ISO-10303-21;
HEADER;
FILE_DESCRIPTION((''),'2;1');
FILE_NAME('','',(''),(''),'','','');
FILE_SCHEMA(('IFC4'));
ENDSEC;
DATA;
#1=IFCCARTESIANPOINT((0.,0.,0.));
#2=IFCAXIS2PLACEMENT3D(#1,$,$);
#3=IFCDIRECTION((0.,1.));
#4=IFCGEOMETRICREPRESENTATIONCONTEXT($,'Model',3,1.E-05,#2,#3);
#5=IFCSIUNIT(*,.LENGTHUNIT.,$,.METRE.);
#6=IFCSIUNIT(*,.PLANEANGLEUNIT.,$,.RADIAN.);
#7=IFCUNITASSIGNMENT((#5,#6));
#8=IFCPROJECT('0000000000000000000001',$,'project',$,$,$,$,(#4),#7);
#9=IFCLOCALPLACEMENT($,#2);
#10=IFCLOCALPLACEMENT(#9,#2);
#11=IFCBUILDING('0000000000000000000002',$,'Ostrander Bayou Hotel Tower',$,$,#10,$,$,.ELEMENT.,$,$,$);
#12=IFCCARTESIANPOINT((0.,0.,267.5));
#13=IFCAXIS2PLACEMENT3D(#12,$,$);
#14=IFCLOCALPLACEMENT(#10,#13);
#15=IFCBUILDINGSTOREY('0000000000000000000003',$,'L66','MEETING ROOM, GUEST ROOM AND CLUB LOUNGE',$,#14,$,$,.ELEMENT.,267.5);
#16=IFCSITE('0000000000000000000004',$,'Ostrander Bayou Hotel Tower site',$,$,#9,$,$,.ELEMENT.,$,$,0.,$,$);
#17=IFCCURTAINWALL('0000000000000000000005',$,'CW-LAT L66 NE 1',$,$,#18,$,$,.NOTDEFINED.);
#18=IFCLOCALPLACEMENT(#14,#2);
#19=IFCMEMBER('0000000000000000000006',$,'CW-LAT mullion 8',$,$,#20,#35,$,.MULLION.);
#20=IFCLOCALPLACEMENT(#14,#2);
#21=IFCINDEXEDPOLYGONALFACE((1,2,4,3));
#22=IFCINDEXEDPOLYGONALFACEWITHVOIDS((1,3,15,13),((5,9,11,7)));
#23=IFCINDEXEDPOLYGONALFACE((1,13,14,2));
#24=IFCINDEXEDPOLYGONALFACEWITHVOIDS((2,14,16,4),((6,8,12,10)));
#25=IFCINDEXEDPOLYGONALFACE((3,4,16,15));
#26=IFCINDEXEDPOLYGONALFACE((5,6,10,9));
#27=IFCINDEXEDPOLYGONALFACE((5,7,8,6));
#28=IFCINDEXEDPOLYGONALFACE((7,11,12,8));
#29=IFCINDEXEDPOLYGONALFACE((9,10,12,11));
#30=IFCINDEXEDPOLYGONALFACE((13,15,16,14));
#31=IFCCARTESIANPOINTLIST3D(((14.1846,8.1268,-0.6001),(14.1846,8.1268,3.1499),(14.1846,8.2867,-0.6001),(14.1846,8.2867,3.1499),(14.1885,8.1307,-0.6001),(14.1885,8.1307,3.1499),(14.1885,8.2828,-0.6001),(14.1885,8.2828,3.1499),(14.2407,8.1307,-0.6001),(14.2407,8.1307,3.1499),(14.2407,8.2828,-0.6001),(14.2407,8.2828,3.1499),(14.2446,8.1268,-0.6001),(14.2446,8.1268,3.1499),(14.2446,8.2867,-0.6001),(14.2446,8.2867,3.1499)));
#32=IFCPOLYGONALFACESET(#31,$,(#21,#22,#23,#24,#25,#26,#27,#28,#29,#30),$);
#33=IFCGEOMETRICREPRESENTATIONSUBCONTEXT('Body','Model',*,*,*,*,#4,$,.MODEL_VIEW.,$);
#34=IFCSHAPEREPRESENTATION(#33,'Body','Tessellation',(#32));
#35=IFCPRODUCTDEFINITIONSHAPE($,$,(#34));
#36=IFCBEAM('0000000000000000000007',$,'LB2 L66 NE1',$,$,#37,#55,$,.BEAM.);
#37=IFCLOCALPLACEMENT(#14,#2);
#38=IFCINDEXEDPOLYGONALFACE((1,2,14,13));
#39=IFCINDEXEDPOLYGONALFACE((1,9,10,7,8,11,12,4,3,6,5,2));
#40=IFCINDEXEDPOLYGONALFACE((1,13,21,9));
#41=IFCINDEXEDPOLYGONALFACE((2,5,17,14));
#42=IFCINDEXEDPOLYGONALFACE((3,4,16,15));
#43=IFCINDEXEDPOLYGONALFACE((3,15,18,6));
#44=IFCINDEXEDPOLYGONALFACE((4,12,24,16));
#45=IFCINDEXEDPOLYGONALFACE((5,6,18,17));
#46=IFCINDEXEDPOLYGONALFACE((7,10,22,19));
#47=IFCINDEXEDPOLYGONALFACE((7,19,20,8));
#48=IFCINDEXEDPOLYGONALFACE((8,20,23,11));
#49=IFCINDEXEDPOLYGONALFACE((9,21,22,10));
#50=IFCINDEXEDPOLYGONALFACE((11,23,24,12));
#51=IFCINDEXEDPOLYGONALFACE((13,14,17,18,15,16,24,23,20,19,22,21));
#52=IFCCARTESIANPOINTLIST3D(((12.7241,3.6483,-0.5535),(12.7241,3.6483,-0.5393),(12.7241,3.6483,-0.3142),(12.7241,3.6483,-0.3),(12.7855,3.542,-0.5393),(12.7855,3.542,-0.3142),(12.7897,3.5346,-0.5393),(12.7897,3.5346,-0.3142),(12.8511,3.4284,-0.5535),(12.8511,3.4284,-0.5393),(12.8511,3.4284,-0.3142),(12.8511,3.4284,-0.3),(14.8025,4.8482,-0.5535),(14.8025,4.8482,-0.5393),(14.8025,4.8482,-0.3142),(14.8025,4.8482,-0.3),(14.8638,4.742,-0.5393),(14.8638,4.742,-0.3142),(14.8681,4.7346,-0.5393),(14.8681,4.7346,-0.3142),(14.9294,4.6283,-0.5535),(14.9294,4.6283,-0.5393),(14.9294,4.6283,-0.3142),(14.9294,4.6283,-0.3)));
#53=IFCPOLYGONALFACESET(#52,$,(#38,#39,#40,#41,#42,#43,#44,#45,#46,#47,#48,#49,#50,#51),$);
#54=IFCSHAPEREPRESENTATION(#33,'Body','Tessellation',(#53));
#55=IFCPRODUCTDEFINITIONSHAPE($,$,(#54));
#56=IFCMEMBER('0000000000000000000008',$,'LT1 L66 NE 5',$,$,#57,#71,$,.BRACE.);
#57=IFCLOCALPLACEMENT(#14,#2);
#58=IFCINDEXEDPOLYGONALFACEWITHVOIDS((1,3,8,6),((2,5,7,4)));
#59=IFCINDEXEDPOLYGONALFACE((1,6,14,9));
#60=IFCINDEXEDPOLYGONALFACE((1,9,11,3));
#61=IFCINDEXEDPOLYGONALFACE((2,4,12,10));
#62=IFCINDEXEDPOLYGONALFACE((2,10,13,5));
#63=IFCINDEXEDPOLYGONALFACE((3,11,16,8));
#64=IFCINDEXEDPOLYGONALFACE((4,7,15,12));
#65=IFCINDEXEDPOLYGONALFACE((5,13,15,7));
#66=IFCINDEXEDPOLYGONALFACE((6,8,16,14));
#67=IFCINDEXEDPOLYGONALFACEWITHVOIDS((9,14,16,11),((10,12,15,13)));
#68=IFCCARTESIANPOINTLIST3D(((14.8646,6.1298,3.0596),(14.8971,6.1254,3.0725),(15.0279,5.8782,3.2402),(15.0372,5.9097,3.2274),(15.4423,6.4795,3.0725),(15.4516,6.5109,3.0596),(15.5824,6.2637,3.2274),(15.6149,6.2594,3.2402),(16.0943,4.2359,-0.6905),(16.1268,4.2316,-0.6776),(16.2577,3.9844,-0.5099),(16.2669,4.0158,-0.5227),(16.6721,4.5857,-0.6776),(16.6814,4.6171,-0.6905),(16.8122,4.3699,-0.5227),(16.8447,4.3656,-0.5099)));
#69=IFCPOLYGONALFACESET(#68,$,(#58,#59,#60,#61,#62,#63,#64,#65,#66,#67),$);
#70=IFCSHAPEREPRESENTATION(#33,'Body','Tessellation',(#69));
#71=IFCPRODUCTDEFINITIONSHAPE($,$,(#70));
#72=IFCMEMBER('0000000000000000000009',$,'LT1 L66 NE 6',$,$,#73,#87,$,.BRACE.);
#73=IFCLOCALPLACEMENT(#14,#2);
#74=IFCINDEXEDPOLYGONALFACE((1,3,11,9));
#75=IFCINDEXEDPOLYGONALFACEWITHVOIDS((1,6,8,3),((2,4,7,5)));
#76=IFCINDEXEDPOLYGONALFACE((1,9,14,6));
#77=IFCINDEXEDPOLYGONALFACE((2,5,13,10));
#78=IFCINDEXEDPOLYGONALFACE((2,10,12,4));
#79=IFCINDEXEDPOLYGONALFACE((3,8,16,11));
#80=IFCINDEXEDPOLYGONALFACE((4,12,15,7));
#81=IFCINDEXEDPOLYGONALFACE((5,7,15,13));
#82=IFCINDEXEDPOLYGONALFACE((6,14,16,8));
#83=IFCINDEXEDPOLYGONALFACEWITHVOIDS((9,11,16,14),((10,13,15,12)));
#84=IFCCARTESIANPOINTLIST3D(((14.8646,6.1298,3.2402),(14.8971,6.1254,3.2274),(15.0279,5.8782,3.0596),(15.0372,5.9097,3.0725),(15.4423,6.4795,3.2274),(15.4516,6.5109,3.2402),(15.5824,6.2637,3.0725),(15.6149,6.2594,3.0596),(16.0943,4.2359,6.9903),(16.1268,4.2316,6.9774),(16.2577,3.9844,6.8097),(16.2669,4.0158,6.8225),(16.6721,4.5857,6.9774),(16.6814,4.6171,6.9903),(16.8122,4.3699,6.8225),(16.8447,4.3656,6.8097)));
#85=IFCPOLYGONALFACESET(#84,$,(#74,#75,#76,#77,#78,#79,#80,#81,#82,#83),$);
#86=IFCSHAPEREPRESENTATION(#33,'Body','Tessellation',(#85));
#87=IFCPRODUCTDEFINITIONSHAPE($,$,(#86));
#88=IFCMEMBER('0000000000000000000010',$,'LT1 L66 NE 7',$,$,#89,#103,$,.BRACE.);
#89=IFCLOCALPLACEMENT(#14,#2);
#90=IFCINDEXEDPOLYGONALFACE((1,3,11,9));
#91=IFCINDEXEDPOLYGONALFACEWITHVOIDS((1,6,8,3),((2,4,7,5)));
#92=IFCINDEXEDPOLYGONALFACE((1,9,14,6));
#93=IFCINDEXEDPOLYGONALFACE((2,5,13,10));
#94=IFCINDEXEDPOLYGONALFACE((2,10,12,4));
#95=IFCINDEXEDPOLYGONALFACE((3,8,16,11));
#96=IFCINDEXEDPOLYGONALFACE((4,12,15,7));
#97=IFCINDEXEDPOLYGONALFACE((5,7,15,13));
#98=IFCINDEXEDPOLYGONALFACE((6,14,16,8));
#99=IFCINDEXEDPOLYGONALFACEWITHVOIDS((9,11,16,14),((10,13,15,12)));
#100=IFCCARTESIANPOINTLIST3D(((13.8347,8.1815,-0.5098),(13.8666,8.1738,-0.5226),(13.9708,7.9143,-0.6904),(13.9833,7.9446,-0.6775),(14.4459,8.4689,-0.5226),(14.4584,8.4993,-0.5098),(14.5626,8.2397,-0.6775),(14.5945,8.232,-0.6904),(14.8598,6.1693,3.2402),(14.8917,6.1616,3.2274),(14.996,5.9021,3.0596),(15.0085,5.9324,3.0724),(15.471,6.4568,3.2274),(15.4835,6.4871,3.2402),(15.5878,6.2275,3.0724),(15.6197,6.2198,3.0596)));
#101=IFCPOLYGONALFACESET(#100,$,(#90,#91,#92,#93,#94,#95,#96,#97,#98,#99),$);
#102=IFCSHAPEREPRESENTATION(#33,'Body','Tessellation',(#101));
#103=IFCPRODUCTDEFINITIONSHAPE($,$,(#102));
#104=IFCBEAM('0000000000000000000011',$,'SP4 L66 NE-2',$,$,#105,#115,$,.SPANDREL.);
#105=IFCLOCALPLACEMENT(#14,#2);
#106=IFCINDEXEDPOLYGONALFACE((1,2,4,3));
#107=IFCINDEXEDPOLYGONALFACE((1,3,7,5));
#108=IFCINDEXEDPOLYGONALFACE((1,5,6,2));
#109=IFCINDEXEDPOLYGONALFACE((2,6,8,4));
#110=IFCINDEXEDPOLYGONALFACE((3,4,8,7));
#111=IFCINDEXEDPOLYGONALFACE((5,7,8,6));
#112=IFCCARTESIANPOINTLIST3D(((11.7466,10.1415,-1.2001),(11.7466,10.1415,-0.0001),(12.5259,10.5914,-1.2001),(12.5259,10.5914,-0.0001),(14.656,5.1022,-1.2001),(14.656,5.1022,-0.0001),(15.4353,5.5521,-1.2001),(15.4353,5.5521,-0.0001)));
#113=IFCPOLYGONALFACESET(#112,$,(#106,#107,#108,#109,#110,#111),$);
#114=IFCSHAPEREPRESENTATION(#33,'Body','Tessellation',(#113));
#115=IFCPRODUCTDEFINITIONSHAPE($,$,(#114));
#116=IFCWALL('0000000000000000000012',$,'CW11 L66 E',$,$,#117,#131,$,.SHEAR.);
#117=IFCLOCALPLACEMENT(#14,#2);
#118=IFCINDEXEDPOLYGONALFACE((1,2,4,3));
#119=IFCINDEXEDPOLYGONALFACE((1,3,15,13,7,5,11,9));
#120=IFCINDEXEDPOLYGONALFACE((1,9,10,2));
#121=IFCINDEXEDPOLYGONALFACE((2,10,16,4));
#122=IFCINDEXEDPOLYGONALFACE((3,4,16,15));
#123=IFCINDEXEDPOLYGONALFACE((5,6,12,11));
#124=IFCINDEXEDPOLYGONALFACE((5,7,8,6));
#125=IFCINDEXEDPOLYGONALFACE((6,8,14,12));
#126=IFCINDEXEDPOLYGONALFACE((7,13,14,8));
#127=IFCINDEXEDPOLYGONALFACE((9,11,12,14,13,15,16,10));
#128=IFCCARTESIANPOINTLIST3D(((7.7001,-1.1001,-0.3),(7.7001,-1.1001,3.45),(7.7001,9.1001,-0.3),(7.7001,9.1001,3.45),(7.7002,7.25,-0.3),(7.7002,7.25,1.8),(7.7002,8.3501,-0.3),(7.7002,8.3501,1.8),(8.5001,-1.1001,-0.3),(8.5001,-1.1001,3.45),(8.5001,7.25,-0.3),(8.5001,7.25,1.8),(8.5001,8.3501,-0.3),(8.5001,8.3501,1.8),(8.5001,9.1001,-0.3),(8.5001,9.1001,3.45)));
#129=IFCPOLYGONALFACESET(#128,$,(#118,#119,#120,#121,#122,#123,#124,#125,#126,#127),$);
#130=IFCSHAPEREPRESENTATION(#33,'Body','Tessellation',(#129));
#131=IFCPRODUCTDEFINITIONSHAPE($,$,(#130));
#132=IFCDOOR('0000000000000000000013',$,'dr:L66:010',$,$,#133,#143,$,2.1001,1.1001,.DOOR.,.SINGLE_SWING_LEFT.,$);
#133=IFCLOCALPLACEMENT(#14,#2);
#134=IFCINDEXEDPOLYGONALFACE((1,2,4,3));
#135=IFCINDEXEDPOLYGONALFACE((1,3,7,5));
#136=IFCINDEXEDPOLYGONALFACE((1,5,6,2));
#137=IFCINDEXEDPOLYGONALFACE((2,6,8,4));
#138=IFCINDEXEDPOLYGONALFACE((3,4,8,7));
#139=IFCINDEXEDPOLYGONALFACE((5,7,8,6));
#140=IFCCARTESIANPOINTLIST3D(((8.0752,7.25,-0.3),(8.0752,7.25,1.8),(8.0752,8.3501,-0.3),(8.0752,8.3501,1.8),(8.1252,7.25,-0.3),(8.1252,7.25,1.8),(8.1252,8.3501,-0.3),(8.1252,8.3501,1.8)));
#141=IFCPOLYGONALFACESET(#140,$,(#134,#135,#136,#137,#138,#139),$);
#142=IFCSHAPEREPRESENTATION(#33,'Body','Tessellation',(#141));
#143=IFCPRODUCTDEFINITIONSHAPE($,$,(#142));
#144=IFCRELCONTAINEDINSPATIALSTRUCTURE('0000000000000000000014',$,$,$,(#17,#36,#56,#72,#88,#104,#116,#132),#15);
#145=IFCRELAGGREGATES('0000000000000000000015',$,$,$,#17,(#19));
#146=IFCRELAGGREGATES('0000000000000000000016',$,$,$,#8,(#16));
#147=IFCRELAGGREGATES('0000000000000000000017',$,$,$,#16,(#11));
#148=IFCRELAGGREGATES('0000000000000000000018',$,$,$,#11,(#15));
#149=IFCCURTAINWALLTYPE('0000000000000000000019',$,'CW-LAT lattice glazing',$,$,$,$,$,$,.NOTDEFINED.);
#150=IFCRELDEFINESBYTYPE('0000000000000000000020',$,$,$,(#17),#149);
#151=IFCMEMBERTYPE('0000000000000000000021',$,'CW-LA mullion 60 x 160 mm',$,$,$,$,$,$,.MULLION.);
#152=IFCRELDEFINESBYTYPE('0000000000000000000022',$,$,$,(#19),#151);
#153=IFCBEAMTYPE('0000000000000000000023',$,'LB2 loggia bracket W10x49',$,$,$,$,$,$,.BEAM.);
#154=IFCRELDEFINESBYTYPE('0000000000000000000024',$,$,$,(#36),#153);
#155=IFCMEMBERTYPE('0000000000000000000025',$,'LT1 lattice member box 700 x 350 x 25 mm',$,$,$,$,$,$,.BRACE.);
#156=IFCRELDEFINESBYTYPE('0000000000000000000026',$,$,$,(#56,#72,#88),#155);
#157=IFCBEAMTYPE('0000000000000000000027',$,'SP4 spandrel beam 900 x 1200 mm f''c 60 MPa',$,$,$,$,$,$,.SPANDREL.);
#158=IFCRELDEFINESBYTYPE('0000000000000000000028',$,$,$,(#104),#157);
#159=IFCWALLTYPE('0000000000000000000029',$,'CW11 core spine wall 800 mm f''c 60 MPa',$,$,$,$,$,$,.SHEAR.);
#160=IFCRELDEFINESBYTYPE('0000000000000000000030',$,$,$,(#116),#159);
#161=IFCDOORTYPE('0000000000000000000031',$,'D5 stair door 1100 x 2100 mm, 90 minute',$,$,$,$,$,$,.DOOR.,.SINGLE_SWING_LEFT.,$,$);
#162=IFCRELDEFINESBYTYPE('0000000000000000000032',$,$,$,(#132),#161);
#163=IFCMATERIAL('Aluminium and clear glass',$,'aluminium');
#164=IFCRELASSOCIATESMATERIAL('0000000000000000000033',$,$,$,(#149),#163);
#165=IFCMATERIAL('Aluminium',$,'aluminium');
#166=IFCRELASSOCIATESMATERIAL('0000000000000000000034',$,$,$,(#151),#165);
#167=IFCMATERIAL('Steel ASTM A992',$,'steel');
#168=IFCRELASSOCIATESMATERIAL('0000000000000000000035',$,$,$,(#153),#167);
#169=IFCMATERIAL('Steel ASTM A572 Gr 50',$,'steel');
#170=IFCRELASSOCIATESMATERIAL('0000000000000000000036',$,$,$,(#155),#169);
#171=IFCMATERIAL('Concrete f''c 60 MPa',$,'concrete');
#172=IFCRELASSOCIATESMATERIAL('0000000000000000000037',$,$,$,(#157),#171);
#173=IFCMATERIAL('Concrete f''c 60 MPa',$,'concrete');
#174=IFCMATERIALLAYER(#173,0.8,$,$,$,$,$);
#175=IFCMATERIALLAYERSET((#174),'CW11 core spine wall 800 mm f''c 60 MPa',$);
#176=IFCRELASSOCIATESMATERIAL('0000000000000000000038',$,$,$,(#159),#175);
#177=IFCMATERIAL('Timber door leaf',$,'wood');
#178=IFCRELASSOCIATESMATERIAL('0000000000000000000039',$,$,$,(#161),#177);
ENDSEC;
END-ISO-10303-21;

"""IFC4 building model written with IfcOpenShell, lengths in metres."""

from ifc_helpers import new_model, si_unit, direction, frame, frame_2d, origin, origin_2d, place, context, subcontext, project, spatial, rectangle, hollow_rectangle, i_section, extrude, material, layer, layer_set, material_profile, profile_set, type_object, element, fill, aggregate, save


model = new_model("IFC4")

# Units and contexts
model_context = context("Model", 3, precision=1e-05, world=origin(), true_north=direction((0.0, 1.0)))
body_context = subcontext(model_context, "Body", "Model", "MODEL_VIEW")
ifc_project = project(units=[si_unit("LENGTHUNIT", "METRE"), si_unit("PLANEANGLEUNIT", "RADIAN")], contexts=[model_context])

# Site, building, storey
site_placement = place(None, origin())
site = spatial("IfcSite", under=ifc_project, at=site_placement, Name="Ostrander Bayou Hotel Tower site", CompositionType="ELEMENT", RefElevation=0.0)
building_placement = place(site_placement, origin())
building = spatial("IfcBuilding", under=site, at=building_placement, Name="Ostrander Bayou Hotel Tower", CompositionType="ELEMENT")
storey_placement = place(building_placement, frame((0.0, 0.0, 267.5)))
storey = spatial("IfcBuildingStorey", under=building, at=storey_placement, Name="L66", Description="MEETING ROOM, GUEST ROOM AND CLUB LOUNGE", CompositionType="ELEMENT", Elevation=267.5)

# Curtain wall, member
ifc_material_1 = material(Name="Aluminium and clear glass", Category="aluminium")
curtain_wall_type = type_object("IfcCurtainWallType", Name="CW-LAT lattice glazing", PredefinedType="NOTDEFINED", material=ifc_material_1)
curtain_wall_placement = place(storey_placement, origin())
curtain_wall = element("IfcCurtainWall", 1, at=curtain_wall_placement, inside=storey, type_object=curtain_wall_type, Name="CW-LAT L66 NE 1", PredefinedType="NOTDEFINED")
ifc_material_2 = material(Name="Aluminium", Category="aluminium")
ifc_material_profile_1 = material_profile(ifc_material_2, hollow_rectangle(XDim=0.0601, YDim=0.1599, WallThickness=0.0039, at=origin_2d()))
ifc_profile_set_1 = profile_set([ifc_material_profile_1], Name="Aluminium")
member_type_1 = type_object("IfcMemberType", Name="CW-LA mullion 60 x 160 mm", PredefinedType="MULLION", material=ifc_profile_set_1)
member_placement = place(storey_placement, frame((14.2146, 8.2068, -0.6001), z_axis=(0.0, 0.0, 1.0), x_axis=(1.0, 0.0, 0.0)))
member = element("IfcMember", 2, at=member_placement, type_object=member_type_1, Name="CW-LAT mullion 8", PredefinedType="MULLION", context=body_context, shape_type="SweptSolid", body=[
    extrude(hollow_rectangle(XDim=0.0601, YDim=0.1599, WallThickness=0.0039, at=origin_2d()), origin(), (0.0, 0.0, 1.0), 3.75),
])
aggregate(curtain_wall, [member])

# Beam
ifc_material_3 = material(Name="Steel ASTM A992", Category="steel")
ifc_material_profile_2 = material_profile(ifc_material_3, i_section(OverallWidth=0.2539, OverallDepth=0.2534, WebThickness=0.0085, FlangeThickness=0.0142, at=origin_2d()))
ifc_profile_set_2 = profile_set([ifc_material_profile_2], Name="Steel ASTM A992")
beam_type_1 = type_object("IfcBeamType", Name="LB2 loggia bracket W10x49", PredefinedType="BEAM", material=ifc_profile_set_2)
beam_1_placement = place(storey_placement, frame((14.866, 4.7383, -0.4268), z_axis=(-0.866025, -0.500001, 0.0), x_axis=(0.500001, -0.866025, 0.0)))
element("IfcBeam", 3, at=beam_1_placement, inside=storey, type_object=beam_type_1, Name="LB2 L66 NE1", PredefinedType="BEAM", context=body_context, shape_type="SweptSolid", body=[
    extrude(i_section(OverallWidth=0.2539, OverallDepth=0.2534, WebThickness=0.0085, FlangeThickness=0.0142, at=origin_2d()), origin(), (0.0, 0.0, 1.0), 2.3999),
])

# Members
ifc_material_4 = material(Name="Steel ASTM A572 Gr 50", Category="steel")
ifc_material_profile_3 = material_profile(ifc_material_4, hollow_rectangle(XDim=0.7, YDim=0.3501, WallThickness=0.0249, at=origin_2d()))
ifc_profile_set_3 = profile_set([ifc_material_profile_3], Name="Steel ASTM A572 Gr 50")
member_type_2 = type_object("IfcMemberType", Name="LT1 lattice member box 700 x 350 x 25 mm", PredefinedType="BRACE", material=ifc_profile_set_3)
for number, where, z_axis, x_axis, name in (
    (4, (15.2397, 6.1946, 3.1499), (0.280931, -0.432636, -0.856682), (0.838693, 0.544604, 0.0), "LT1 L66 NE 5"),
    (5, (15.2397, 6.1946, 3.1499), (0.280931, -0.432636, 0.856682), (0.838693, 0.544604, 0.0), "LT1 L66 NE 6"),
    (6, (15.2397, 6.1946, 3.1499), (-0.234186, 0.459672, -0.856656), (-0.891029, -0.453947, 0.0), "LT1 L66 NE 7"),
):
    element("IfcMember", number, at=place(storey_placement, frame(where, z_axis=z_axis, x_axis=x_axis)), inside=storey, type_object=member_type_2, Name=name, PredefinedType="BRACE", context=body_context, shape_type="SweptSolid", body=[
        extrude(hollow_rectangle(XDim=0.7, YDim=0.3501, WallThickness=0.0249, at=origin_2d()), origin(), (0.0, 0.0, 1.0), 4.3774),
    ])

# Beam
ifc_material_5 = material(Name="Concrete f'c 60 MPa", Category="concrete")
ifc_material_profile_4 = material_profile(ifc_material_5, rectangle(XDim=0.8999, YDim=1.2, at=origin_2d()))
ifc_profile_set_4 = profile_set([ifc_material_profile_4], Name="Concrete f'c 60 MPa")
beam_type_2 = type_object("IfcBeamType", Name="SP4 spandrel beam 900 x 1200 mm f'c 60 MPa", PredefinedType="SPANDREL", material=ifc_profile_set_4)
beam_2_placement = place(storey_placement, frame((15.0457, 5.3271, -0.6001), z_axis=(-0.499997, 0.866027, 0.0), x_axis=(-0.866027, -0.499997, 0.0)))
element("IfcBeam", 7, at=beam_2_placement, inside=storey, type_object=beam_type_2, Name="SP4 L66 NE-2", PredefinedType="SPANDREL", context=body_context, shape_type="SweptSolid", body=[
    extrude(rectangle(XDim=0.8999, YDim=1.2, at=origin_2d()), origin(), (0.0, 0.0, 1.0), 5.8188),
])

# Wall, opening, door
ifc_material_6 = material(Name="Concrete f'c 60 MPa", Category="concrete")
ifc_layer_1 = layer(ifc_material_6, 0.8)
ifc_layer_set_1 = layer_set([ifc_layer_1], Name="CW11 core spine wall 800 mm f'c 60 MPa")
wall_type_1 = type_object("IfcWallType", Name="CW11 core spine wall 800 mm f'c 60 MPa", PredefinedType="SHEAR", material=ifc_layer_set_1)
wall_1_placement = place(storey_placement, frame((8.1001, -1.1001, -0.3), z_axis=(0.0, 0.0, 1.0), x_axis=(0.0, 1.0, 0.0)))
wall_1 = element("IfcWall", 8, at=wall_1_placement, inside=storey, type_object=wall_type_1, Name="CW11 L66 E", PredefinedType="SHEAR", context=body_context, shape_type="SweptSolid", body=[
    extrude(rectangle(XDim=10.2002, YDim=0.8, at=frame_2d((5.1001, 0.0))), origin(), (0.0, 0.0, 1.0), 3.75),
])
opening_1_placement = place(wall_1_placement, frame((8.3501, 0.0, 0.0)))
opening_1 = element("IfcOpeningElement", 9, at=opening_1_placement, cuts=wall_1, PredefinedType="OPENING", context=body_context, shape_type="SweptSolid", body=[
    extrude(rectangle(XDim=1.1001, YDim=2.1001, at=frame_2d((0.55, 1.05))), frame((0.0, 0.3999, 0.0), z_axis=(0.0, -1.0, 0.0), x_axis=(1.0, 0.0, 0.0)), (0.0, 0.0, 1.0), 0.8),
])
ifc_material_7 = material(Name="Timber door leaf", Category="wood")
door_type_1 = type_object("IfcDoorType", Name="D5 stair door 1100 x 2100 mm, 90 minute", OperationType="SINGLE_SWING_LEFT", PredefinedType="DOOR", material=ifc_material_7)
door_1_placement = place(opening_1_placement, origin())
door_1 = element("IfcDoor", 10, at=door_1_placement, inside=storey, type_object=door_type_1, Name="dr:L66:010", OperationType="SINGLE_SWING_LEFT", OverallHeight=2.1001, OverallWidth=1.1001, PredefinedType="DOOR", context=body_context, shape_type="SweptSolid", body=[
    extrude(rectangle(XDim=1.1001, YDim=2.1001, at=frame_2d((0.55, 1.05))), frame((0.0, 0.0249, 0.0), z_axis=(0.0, -1.0, 0.0), x_axis=(1.0, 0.0, 0.0)), (0.0, 0.0, 1.0), 0.05),
])
fill(opening_1, door_1)

save(model, "model.ifc")
